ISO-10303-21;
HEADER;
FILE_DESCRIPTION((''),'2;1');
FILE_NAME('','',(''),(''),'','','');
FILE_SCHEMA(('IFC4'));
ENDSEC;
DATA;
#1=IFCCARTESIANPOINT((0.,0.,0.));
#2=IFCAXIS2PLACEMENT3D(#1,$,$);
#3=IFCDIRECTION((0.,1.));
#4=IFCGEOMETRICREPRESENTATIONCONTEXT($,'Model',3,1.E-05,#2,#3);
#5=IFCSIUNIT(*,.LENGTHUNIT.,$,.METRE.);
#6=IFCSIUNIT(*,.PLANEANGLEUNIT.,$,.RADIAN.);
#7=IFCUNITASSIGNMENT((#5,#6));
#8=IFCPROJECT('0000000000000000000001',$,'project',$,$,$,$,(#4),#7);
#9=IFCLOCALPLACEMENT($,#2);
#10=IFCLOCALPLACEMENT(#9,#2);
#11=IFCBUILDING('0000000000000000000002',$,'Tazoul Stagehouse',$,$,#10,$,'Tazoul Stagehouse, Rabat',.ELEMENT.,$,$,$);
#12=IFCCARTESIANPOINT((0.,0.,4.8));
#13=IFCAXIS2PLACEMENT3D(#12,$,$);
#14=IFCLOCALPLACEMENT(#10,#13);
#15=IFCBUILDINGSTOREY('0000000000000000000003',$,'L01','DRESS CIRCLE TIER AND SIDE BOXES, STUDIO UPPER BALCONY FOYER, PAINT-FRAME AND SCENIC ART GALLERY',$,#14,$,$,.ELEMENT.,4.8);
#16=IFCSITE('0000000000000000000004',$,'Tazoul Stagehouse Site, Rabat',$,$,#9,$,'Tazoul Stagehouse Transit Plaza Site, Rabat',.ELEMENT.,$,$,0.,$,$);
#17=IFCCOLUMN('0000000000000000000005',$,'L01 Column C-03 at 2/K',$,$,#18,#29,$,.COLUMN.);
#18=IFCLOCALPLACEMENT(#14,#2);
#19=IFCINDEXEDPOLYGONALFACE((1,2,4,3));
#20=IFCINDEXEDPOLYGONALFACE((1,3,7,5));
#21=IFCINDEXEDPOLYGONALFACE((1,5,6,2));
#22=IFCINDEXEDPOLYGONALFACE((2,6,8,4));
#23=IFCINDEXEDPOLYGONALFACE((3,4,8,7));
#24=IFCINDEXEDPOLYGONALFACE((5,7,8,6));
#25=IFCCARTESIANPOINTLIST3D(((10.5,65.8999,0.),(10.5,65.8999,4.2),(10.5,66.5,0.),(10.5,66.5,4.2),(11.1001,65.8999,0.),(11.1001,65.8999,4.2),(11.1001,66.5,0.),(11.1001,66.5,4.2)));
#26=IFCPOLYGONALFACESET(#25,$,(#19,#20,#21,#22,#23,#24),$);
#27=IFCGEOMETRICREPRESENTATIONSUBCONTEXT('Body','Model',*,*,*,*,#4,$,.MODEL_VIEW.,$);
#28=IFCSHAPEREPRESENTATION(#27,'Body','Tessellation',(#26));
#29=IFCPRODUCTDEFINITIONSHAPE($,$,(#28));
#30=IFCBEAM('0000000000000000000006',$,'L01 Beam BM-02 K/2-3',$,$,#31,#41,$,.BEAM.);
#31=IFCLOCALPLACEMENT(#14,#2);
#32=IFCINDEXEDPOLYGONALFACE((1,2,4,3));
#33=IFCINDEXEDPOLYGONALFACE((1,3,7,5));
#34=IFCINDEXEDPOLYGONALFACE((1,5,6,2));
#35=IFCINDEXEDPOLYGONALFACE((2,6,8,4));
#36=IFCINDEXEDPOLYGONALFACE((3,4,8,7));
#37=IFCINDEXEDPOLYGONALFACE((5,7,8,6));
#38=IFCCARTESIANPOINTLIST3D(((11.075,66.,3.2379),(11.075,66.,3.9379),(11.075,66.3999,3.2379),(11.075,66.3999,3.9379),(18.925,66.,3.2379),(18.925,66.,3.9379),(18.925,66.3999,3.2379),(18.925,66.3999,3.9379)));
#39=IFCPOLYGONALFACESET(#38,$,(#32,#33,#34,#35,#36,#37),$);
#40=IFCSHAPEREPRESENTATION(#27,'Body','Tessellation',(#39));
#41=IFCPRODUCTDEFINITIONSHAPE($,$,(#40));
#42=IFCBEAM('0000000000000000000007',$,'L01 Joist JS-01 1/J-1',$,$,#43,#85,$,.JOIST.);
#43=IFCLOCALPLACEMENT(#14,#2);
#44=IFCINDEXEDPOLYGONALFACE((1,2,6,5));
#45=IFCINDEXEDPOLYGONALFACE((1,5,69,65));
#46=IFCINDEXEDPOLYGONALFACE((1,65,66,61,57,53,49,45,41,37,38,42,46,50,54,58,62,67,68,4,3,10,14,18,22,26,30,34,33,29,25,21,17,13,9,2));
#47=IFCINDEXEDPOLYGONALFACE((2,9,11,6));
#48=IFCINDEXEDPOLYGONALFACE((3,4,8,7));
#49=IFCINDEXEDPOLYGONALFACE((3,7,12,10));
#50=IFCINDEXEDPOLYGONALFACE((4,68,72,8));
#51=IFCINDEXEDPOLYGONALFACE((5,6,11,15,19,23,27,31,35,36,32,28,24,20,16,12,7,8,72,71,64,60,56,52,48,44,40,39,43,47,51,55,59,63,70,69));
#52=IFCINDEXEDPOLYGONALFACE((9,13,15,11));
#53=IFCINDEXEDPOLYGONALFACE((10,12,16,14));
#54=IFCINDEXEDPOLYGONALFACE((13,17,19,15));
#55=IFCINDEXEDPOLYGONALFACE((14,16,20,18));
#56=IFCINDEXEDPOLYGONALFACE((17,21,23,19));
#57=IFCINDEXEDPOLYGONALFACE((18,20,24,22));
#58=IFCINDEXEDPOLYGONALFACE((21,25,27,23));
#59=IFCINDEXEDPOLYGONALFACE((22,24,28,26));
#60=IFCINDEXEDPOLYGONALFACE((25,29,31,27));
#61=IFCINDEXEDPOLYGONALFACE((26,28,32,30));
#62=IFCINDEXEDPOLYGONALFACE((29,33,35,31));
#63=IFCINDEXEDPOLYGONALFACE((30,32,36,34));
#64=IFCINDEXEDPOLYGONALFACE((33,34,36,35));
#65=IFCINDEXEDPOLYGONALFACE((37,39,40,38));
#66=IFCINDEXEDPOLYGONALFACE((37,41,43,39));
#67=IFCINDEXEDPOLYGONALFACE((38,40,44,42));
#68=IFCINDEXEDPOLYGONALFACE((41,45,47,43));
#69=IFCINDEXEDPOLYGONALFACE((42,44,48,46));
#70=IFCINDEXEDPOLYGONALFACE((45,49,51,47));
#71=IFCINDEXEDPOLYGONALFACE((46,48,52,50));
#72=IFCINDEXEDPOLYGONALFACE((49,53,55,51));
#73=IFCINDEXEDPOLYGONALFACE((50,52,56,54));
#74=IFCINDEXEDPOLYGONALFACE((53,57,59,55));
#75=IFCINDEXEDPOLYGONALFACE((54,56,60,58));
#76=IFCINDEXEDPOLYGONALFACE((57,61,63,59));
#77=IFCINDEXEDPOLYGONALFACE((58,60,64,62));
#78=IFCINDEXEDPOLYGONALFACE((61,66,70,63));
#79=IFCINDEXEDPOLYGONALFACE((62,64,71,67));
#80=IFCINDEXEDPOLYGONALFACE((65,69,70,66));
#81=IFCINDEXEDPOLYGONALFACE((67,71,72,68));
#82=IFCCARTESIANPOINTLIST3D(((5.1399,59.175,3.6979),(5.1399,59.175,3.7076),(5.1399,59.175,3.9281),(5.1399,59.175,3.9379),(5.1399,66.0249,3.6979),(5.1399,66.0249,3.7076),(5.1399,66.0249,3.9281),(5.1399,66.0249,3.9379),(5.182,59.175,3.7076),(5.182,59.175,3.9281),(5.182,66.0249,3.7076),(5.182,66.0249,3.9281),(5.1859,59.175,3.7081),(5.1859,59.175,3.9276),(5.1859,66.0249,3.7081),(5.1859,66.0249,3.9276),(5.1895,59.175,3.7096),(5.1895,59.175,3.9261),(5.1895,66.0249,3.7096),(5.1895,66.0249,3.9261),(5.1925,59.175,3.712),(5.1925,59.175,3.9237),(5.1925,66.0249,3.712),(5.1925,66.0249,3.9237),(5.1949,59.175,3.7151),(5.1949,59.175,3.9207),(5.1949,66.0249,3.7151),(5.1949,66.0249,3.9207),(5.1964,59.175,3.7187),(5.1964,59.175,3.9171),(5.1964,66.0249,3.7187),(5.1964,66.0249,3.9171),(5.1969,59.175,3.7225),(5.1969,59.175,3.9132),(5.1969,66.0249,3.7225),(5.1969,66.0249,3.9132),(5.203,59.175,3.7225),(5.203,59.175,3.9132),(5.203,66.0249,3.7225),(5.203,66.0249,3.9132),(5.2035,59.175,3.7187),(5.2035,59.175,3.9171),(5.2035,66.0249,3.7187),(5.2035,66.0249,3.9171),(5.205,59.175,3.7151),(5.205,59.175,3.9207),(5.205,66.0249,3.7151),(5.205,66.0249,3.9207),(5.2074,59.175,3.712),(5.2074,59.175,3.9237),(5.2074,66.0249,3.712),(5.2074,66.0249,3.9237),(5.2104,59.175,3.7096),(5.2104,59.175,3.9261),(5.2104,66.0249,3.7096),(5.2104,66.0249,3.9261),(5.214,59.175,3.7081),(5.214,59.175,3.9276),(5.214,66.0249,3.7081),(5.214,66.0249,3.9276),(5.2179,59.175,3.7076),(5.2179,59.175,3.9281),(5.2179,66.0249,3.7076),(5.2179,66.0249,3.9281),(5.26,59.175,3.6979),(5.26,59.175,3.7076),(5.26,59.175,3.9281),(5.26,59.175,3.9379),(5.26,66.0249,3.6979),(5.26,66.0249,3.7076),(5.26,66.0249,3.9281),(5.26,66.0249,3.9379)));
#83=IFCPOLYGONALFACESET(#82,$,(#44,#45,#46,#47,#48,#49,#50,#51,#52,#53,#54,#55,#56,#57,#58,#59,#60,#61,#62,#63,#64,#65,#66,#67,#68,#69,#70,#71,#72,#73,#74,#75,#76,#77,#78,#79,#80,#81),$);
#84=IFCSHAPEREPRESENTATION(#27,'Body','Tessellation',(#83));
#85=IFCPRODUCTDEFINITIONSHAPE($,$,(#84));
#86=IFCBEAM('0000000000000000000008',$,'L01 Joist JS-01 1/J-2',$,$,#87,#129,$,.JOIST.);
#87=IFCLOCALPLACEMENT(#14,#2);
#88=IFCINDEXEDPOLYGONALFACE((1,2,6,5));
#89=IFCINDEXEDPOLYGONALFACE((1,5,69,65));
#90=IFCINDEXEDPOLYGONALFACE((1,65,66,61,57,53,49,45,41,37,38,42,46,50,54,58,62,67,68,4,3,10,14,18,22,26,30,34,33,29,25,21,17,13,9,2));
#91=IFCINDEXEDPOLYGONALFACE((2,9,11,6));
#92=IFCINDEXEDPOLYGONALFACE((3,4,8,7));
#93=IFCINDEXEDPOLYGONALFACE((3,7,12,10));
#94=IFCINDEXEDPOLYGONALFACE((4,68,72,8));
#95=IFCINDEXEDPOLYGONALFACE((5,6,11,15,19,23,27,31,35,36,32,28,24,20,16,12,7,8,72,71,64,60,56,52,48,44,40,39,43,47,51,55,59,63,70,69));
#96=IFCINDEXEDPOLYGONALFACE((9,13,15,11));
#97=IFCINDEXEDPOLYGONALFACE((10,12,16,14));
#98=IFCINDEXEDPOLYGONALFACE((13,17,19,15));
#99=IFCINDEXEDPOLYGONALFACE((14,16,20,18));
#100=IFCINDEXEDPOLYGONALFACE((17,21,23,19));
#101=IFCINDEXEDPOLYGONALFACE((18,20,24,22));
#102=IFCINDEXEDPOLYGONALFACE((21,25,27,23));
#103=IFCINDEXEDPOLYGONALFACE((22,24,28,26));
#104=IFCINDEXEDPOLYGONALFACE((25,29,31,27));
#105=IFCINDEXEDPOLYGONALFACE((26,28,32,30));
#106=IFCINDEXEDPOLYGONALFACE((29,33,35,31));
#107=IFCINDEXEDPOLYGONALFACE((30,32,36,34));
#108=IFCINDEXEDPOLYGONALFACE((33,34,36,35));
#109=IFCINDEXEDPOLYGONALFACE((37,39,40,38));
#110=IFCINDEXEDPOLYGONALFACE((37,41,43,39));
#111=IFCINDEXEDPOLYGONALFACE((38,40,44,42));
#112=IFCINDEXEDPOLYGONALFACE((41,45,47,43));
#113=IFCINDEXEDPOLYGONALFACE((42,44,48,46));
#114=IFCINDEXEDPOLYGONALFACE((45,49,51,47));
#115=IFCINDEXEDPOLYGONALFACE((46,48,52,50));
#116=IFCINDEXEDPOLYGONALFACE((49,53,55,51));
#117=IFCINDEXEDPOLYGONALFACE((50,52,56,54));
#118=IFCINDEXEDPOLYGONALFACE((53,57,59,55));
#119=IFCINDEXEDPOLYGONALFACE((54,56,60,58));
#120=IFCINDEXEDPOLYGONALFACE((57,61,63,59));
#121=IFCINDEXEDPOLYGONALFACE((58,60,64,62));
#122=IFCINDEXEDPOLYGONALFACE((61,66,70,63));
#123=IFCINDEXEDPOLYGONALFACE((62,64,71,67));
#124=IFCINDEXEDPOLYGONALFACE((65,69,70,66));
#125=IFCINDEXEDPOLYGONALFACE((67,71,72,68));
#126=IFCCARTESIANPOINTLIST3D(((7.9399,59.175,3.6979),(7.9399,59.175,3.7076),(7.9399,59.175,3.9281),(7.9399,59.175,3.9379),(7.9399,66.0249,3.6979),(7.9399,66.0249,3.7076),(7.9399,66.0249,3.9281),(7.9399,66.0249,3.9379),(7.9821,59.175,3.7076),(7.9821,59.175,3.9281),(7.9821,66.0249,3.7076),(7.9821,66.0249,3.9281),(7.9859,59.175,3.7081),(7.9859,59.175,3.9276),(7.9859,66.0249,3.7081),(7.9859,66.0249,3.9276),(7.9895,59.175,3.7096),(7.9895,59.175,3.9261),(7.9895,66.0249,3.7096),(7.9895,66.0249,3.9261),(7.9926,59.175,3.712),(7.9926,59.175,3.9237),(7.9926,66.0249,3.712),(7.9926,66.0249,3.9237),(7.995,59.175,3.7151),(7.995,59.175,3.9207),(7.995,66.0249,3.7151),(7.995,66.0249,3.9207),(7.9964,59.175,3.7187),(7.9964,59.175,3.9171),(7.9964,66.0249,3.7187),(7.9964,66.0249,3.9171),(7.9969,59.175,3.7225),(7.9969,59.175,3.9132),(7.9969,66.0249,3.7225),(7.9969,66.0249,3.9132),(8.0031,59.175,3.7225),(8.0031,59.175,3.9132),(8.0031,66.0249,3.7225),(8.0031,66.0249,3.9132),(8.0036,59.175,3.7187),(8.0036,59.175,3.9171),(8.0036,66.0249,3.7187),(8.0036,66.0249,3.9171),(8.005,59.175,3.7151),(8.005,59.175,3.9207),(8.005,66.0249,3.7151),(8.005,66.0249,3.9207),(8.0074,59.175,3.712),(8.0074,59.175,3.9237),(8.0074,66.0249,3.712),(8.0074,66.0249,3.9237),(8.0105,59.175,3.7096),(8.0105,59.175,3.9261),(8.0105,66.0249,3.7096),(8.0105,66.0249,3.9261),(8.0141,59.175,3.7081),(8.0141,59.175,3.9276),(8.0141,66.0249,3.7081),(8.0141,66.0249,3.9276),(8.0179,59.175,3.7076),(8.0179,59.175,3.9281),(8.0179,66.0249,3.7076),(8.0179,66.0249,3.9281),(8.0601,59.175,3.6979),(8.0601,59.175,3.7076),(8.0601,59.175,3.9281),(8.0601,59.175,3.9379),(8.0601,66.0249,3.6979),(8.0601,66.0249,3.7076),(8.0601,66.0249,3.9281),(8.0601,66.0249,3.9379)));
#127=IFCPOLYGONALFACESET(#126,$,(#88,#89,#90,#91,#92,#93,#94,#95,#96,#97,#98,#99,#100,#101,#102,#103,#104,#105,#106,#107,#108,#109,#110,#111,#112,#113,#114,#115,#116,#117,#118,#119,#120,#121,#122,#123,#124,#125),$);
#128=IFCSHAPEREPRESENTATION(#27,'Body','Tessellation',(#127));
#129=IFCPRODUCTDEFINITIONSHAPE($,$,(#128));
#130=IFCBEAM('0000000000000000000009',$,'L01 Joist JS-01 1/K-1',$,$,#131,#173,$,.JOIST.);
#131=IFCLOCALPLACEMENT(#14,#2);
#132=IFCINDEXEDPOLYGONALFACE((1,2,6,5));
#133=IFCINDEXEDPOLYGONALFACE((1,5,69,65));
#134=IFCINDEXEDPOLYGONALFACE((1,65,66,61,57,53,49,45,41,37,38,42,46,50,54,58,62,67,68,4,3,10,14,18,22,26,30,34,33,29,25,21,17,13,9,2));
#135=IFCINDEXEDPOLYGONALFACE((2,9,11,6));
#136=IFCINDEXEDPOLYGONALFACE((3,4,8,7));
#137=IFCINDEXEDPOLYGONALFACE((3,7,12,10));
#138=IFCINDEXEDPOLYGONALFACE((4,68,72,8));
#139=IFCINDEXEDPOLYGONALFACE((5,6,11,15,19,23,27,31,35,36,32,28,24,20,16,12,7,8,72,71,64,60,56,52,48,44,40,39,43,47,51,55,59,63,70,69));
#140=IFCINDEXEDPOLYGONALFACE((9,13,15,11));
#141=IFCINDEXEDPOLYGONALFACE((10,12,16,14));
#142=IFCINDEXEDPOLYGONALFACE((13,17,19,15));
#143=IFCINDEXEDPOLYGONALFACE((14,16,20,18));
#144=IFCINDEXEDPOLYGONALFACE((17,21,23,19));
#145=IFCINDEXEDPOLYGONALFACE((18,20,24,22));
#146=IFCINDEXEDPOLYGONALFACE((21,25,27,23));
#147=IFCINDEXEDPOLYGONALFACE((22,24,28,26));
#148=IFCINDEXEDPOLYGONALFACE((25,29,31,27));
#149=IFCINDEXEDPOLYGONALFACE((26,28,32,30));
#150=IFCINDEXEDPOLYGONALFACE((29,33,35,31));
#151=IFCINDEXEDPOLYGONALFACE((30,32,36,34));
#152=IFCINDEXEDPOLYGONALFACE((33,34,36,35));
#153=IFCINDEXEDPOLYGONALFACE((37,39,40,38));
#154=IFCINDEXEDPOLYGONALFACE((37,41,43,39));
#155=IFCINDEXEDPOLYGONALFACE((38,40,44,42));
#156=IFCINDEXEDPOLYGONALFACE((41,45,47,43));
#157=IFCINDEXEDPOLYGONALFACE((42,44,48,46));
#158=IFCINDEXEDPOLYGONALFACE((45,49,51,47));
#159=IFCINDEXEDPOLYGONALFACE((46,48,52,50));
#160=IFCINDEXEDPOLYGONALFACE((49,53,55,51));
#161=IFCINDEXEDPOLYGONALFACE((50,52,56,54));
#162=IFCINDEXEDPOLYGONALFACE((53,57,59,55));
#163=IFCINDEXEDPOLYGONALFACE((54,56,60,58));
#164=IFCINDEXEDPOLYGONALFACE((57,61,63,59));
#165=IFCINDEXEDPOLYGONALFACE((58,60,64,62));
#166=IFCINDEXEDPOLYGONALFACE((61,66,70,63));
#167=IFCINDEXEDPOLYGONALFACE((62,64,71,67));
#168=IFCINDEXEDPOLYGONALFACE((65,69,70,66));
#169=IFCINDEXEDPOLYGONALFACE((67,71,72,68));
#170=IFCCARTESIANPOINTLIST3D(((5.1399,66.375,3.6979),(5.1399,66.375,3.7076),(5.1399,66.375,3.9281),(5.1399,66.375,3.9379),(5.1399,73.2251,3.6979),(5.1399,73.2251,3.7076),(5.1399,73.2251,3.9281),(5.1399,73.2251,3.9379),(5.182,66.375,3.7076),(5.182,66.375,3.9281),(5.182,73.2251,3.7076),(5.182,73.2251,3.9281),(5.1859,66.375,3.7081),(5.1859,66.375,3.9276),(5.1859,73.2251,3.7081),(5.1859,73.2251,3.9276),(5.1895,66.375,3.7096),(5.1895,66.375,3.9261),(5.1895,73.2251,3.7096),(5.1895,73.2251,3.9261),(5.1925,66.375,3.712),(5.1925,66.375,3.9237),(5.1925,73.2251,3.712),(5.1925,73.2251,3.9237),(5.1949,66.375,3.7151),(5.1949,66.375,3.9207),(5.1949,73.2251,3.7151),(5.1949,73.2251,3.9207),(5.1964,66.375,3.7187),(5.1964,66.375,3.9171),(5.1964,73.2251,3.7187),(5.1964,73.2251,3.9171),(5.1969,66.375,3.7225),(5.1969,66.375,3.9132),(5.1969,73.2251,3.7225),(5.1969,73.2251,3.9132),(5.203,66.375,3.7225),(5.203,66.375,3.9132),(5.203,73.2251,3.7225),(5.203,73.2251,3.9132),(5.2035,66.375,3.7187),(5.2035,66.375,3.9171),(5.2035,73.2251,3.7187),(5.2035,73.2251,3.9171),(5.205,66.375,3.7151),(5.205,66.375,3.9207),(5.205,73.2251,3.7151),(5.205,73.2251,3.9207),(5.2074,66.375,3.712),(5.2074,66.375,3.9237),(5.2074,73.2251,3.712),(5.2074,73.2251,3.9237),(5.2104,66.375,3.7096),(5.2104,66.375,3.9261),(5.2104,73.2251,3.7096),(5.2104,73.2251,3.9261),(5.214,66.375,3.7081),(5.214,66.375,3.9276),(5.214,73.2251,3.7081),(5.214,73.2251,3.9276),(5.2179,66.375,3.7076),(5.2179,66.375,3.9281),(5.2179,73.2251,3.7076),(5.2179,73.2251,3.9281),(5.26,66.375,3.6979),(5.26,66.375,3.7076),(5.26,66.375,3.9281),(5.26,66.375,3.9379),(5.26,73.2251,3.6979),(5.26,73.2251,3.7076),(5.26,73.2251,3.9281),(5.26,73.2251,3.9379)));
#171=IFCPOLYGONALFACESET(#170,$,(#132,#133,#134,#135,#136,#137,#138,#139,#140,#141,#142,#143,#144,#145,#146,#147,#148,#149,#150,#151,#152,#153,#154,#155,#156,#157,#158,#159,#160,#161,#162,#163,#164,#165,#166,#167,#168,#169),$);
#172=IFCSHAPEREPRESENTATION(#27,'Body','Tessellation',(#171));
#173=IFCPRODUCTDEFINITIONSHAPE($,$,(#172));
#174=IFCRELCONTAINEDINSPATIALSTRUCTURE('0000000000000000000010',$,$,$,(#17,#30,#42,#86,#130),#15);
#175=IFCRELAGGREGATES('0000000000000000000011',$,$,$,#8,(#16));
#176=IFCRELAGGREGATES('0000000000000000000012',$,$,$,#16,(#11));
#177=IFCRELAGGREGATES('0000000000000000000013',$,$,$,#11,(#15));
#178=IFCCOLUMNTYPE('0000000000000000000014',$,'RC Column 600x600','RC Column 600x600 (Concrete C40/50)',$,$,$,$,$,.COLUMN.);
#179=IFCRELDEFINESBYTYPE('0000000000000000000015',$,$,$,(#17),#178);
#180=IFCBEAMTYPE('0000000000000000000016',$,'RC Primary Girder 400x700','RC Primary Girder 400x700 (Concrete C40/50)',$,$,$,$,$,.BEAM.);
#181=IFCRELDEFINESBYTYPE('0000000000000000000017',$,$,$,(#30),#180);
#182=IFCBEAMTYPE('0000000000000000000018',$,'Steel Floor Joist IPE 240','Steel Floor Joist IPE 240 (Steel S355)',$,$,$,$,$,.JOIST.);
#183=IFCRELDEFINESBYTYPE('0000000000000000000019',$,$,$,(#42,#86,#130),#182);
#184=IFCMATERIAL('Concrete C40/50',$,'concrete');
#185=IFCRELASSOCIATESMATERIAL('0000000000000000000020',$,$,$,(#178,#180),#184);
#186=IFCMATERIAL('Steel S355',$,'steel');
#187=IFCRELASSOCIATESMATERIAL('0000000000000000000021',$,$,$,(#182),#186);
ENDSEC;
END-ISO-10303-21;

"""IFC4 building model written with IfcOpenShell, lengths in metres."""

from ifc_helpers import new_model, si_unit, direction, frame, origin, origin_2d, place, context, subcontext, project, spatial, rectangle, i_section, extrude, material, material_profile, profile_set, type_object, element, save


model = new_model("IFC4")

# Units and contexts
model_context = context("Model", 3, precision=1e-05, world=origin(), true_north=direction((0.0, 1.0)))
body_context = subcontext(model_context, "Body", "Model", "MODEL_VIEW")
ifc_project = project(units=[si_unit("LENGTHUNIT", "METRE"), si_unit("PLANEANGLEUNIT", "RADIAN")], contexts=[model_context])

# Site, building, storey
site_placement = place(None, origin())
site = spatial("IfcSite", under=ifc_project, at=site_placement, Name="Tazoul Stagehouse Site, Rabat", LongName="Tazoul Stagehouse Transit Plaza Site, Rabat", CompositionType="ELEMENT", RefElevation=0.0)
building_placement = place(site_placement, origin())
building = spatial("IfcBuilding", under=site, at=building_placement, Name="Tazoul Stagehouse", LongName="Tazoul Stagehouse, Rabat", CompositionType="ELEMENT")
storey_placement = place(building_placement, frame((0.0, 0.0, 4.8)))
storey = spatial("IfcBuildingStorey", under=building, at=storey_placement, Name="L01", Description="DRESS CIRCLE TIER AND SIDE BOXES, STUDIO UPPER BALCONY FOYER, PAINT-FRAME AND SCENIC ART GALLERY", CompositionType="ELEMENT", Elevation=4.8)

# Column
ifc_material_1 = material(Name="Concrete C40/50", Category="concrete")
ifc_material_profile_1 = material_profile(ifc_material_1, rectangle(XDim=0.6001, YDim=0.6001, at=origin_2d()), Name="RC 600x600")
ifc_profile_set_1 = profile_set([ifc_material_profile_1], Name="Concrete C40/50")
column_type = type_object("IfcColumnType", Name="RC Column 600x600", Description="RC Column 600x600 (Concrete C40/50)", PredefinedType="COLUMN", material=ifc_profile_set_1)
column_placement = place(storey_placement, frame((10.8, 66.2, 0.0), z_axis=(0.0, 0.0, 1.0), x_axis=(1.0, 0.0, 0.0)))
element("IfcColumn", 1, at=column_placement, inside=storey, type_object=column_type, Name="L01 Column C-03 at 2/K", PredefinedType="COLUMN", context=body_context, shape_type="SweptSolid", body=[
    extrude(rectangle(XDim=0.6001, YDim=0.6001, at=origin_2d()), origin(), (0.0, 0.0, 1.0), 4.2),
])

# Beams
ifc_material_profile_2 = material_profile(ifc_material_1, rectangle(XDim=0.3999, YDim=0.7, at=origin_2d()), Name="RC 400x700")
ifc_profile_set_2 = profile_set([ifc_material_profile_2], Name="Concrete C40/50")
beam_type_1 = type_object("IfcBeamType", Name="RC Primary Girder 400x700", Description="RC Primary Girder 400x700 (Concrete C40/50)", PredefinedType="BEAM", material=ifc_profile_set_2)
beam_1_placement = place(storey_placement, frame((11.075, 66.2, 3.5879), z_axis=(1.0, 0.0, 0.0), x_axis=(0.0, 1.0, 0.0)))
element("IfcBeam", 2, at=beam_1_placement, inside=storey, type_object=beam_type_1, Name="L01 Beam BM-02 K/2-3", PredefinedType="BEAM", context=body_context, shape_type="SweptSolid", body=[
    extrude(rectangle(XDim=0.3999, YDim=0.7, at=origin_2d()), origin(), (0.0, 0.0, 1.0), 7.8501),
])
ifc_material_2 = material(Name="Steel S355", Category="steel")
ifc_material_profile_3 = material_profile(ifc_material_2, i_section(OverallWidth=0.1201, OverallDepth=0.24, WebThickness=0.0061, FlangeThickness=0.0098, FilletRadius=0.0149, at=origin_2d()), Name="IPE 240")
ifc_profile_set_3 = profile_set([ifc_material_profile_3], Name="Steel S355")
beam_type_2 = type_object("IfcBeamType", Name="Steel Floor Joist IPE 240", Description="Steel Floor Joist IPE 240 (Steel S355)", PredefinedType="JOIST", material=ifc_profile_set_3)
for number, where, z_axis, x_axis, name in (
    (3, (5.2, 59.175, 3.8179), (0.0, 1.0, 0.0), (-1.0, 0.0, 0.0), "L01 Joist JS-01 1/J-1"),
    (4, (8.0, 59.175, 3.8179), (0.0, 1.0, 0.0), (-1.0, 0.0, 0.0), "L01 Joist JS-01 1/J-2"),
):
    element("IfcBeam", number, at=place(storey_placement, frame(where, z_axis=z_axis, x_axis=x_axis)), inside=storey, type_object=beam_type_2, Name=name, PredefinedType="JOIST", context=body_context, shape_type="SweptSolid", body=[
        extrude(i_section(OverallWidth=0.1201, OverallDepth=0.24, WebThickness=0.0061, FlangeThickness=0.0098, FilletRadius=0.0149, at=origin_2d()), origin(), (0.0, 0.0, 1.0), 6.8499),
    ])
beam_2_placement = place(storey_placement, frame((5.2, 66.375, 3.8179), z_axis=(0.0, 1.0, 0.0), x_axis=(-1.0, 0.0, 0.0)))
element("IfcBeam", 5, at=beam_2_placement, inside=storey, type_object=beam_type_2, Name="L01 Joist JS-01 1/K-1", PredefinedType="JOIST", context=body_context, shape_type="SweptSolid", body=[
    extrude(i_section(OverallWidth=0.1201, OverallDepth=0.24, WebThickness=0.0061, FlangeThickness=0.0098, FilletRadius=0.0149, at=origin_2d()), origin(), (0.0, 0.0, 1.0), 6.8501),
])

save(model, "model.ifc")
